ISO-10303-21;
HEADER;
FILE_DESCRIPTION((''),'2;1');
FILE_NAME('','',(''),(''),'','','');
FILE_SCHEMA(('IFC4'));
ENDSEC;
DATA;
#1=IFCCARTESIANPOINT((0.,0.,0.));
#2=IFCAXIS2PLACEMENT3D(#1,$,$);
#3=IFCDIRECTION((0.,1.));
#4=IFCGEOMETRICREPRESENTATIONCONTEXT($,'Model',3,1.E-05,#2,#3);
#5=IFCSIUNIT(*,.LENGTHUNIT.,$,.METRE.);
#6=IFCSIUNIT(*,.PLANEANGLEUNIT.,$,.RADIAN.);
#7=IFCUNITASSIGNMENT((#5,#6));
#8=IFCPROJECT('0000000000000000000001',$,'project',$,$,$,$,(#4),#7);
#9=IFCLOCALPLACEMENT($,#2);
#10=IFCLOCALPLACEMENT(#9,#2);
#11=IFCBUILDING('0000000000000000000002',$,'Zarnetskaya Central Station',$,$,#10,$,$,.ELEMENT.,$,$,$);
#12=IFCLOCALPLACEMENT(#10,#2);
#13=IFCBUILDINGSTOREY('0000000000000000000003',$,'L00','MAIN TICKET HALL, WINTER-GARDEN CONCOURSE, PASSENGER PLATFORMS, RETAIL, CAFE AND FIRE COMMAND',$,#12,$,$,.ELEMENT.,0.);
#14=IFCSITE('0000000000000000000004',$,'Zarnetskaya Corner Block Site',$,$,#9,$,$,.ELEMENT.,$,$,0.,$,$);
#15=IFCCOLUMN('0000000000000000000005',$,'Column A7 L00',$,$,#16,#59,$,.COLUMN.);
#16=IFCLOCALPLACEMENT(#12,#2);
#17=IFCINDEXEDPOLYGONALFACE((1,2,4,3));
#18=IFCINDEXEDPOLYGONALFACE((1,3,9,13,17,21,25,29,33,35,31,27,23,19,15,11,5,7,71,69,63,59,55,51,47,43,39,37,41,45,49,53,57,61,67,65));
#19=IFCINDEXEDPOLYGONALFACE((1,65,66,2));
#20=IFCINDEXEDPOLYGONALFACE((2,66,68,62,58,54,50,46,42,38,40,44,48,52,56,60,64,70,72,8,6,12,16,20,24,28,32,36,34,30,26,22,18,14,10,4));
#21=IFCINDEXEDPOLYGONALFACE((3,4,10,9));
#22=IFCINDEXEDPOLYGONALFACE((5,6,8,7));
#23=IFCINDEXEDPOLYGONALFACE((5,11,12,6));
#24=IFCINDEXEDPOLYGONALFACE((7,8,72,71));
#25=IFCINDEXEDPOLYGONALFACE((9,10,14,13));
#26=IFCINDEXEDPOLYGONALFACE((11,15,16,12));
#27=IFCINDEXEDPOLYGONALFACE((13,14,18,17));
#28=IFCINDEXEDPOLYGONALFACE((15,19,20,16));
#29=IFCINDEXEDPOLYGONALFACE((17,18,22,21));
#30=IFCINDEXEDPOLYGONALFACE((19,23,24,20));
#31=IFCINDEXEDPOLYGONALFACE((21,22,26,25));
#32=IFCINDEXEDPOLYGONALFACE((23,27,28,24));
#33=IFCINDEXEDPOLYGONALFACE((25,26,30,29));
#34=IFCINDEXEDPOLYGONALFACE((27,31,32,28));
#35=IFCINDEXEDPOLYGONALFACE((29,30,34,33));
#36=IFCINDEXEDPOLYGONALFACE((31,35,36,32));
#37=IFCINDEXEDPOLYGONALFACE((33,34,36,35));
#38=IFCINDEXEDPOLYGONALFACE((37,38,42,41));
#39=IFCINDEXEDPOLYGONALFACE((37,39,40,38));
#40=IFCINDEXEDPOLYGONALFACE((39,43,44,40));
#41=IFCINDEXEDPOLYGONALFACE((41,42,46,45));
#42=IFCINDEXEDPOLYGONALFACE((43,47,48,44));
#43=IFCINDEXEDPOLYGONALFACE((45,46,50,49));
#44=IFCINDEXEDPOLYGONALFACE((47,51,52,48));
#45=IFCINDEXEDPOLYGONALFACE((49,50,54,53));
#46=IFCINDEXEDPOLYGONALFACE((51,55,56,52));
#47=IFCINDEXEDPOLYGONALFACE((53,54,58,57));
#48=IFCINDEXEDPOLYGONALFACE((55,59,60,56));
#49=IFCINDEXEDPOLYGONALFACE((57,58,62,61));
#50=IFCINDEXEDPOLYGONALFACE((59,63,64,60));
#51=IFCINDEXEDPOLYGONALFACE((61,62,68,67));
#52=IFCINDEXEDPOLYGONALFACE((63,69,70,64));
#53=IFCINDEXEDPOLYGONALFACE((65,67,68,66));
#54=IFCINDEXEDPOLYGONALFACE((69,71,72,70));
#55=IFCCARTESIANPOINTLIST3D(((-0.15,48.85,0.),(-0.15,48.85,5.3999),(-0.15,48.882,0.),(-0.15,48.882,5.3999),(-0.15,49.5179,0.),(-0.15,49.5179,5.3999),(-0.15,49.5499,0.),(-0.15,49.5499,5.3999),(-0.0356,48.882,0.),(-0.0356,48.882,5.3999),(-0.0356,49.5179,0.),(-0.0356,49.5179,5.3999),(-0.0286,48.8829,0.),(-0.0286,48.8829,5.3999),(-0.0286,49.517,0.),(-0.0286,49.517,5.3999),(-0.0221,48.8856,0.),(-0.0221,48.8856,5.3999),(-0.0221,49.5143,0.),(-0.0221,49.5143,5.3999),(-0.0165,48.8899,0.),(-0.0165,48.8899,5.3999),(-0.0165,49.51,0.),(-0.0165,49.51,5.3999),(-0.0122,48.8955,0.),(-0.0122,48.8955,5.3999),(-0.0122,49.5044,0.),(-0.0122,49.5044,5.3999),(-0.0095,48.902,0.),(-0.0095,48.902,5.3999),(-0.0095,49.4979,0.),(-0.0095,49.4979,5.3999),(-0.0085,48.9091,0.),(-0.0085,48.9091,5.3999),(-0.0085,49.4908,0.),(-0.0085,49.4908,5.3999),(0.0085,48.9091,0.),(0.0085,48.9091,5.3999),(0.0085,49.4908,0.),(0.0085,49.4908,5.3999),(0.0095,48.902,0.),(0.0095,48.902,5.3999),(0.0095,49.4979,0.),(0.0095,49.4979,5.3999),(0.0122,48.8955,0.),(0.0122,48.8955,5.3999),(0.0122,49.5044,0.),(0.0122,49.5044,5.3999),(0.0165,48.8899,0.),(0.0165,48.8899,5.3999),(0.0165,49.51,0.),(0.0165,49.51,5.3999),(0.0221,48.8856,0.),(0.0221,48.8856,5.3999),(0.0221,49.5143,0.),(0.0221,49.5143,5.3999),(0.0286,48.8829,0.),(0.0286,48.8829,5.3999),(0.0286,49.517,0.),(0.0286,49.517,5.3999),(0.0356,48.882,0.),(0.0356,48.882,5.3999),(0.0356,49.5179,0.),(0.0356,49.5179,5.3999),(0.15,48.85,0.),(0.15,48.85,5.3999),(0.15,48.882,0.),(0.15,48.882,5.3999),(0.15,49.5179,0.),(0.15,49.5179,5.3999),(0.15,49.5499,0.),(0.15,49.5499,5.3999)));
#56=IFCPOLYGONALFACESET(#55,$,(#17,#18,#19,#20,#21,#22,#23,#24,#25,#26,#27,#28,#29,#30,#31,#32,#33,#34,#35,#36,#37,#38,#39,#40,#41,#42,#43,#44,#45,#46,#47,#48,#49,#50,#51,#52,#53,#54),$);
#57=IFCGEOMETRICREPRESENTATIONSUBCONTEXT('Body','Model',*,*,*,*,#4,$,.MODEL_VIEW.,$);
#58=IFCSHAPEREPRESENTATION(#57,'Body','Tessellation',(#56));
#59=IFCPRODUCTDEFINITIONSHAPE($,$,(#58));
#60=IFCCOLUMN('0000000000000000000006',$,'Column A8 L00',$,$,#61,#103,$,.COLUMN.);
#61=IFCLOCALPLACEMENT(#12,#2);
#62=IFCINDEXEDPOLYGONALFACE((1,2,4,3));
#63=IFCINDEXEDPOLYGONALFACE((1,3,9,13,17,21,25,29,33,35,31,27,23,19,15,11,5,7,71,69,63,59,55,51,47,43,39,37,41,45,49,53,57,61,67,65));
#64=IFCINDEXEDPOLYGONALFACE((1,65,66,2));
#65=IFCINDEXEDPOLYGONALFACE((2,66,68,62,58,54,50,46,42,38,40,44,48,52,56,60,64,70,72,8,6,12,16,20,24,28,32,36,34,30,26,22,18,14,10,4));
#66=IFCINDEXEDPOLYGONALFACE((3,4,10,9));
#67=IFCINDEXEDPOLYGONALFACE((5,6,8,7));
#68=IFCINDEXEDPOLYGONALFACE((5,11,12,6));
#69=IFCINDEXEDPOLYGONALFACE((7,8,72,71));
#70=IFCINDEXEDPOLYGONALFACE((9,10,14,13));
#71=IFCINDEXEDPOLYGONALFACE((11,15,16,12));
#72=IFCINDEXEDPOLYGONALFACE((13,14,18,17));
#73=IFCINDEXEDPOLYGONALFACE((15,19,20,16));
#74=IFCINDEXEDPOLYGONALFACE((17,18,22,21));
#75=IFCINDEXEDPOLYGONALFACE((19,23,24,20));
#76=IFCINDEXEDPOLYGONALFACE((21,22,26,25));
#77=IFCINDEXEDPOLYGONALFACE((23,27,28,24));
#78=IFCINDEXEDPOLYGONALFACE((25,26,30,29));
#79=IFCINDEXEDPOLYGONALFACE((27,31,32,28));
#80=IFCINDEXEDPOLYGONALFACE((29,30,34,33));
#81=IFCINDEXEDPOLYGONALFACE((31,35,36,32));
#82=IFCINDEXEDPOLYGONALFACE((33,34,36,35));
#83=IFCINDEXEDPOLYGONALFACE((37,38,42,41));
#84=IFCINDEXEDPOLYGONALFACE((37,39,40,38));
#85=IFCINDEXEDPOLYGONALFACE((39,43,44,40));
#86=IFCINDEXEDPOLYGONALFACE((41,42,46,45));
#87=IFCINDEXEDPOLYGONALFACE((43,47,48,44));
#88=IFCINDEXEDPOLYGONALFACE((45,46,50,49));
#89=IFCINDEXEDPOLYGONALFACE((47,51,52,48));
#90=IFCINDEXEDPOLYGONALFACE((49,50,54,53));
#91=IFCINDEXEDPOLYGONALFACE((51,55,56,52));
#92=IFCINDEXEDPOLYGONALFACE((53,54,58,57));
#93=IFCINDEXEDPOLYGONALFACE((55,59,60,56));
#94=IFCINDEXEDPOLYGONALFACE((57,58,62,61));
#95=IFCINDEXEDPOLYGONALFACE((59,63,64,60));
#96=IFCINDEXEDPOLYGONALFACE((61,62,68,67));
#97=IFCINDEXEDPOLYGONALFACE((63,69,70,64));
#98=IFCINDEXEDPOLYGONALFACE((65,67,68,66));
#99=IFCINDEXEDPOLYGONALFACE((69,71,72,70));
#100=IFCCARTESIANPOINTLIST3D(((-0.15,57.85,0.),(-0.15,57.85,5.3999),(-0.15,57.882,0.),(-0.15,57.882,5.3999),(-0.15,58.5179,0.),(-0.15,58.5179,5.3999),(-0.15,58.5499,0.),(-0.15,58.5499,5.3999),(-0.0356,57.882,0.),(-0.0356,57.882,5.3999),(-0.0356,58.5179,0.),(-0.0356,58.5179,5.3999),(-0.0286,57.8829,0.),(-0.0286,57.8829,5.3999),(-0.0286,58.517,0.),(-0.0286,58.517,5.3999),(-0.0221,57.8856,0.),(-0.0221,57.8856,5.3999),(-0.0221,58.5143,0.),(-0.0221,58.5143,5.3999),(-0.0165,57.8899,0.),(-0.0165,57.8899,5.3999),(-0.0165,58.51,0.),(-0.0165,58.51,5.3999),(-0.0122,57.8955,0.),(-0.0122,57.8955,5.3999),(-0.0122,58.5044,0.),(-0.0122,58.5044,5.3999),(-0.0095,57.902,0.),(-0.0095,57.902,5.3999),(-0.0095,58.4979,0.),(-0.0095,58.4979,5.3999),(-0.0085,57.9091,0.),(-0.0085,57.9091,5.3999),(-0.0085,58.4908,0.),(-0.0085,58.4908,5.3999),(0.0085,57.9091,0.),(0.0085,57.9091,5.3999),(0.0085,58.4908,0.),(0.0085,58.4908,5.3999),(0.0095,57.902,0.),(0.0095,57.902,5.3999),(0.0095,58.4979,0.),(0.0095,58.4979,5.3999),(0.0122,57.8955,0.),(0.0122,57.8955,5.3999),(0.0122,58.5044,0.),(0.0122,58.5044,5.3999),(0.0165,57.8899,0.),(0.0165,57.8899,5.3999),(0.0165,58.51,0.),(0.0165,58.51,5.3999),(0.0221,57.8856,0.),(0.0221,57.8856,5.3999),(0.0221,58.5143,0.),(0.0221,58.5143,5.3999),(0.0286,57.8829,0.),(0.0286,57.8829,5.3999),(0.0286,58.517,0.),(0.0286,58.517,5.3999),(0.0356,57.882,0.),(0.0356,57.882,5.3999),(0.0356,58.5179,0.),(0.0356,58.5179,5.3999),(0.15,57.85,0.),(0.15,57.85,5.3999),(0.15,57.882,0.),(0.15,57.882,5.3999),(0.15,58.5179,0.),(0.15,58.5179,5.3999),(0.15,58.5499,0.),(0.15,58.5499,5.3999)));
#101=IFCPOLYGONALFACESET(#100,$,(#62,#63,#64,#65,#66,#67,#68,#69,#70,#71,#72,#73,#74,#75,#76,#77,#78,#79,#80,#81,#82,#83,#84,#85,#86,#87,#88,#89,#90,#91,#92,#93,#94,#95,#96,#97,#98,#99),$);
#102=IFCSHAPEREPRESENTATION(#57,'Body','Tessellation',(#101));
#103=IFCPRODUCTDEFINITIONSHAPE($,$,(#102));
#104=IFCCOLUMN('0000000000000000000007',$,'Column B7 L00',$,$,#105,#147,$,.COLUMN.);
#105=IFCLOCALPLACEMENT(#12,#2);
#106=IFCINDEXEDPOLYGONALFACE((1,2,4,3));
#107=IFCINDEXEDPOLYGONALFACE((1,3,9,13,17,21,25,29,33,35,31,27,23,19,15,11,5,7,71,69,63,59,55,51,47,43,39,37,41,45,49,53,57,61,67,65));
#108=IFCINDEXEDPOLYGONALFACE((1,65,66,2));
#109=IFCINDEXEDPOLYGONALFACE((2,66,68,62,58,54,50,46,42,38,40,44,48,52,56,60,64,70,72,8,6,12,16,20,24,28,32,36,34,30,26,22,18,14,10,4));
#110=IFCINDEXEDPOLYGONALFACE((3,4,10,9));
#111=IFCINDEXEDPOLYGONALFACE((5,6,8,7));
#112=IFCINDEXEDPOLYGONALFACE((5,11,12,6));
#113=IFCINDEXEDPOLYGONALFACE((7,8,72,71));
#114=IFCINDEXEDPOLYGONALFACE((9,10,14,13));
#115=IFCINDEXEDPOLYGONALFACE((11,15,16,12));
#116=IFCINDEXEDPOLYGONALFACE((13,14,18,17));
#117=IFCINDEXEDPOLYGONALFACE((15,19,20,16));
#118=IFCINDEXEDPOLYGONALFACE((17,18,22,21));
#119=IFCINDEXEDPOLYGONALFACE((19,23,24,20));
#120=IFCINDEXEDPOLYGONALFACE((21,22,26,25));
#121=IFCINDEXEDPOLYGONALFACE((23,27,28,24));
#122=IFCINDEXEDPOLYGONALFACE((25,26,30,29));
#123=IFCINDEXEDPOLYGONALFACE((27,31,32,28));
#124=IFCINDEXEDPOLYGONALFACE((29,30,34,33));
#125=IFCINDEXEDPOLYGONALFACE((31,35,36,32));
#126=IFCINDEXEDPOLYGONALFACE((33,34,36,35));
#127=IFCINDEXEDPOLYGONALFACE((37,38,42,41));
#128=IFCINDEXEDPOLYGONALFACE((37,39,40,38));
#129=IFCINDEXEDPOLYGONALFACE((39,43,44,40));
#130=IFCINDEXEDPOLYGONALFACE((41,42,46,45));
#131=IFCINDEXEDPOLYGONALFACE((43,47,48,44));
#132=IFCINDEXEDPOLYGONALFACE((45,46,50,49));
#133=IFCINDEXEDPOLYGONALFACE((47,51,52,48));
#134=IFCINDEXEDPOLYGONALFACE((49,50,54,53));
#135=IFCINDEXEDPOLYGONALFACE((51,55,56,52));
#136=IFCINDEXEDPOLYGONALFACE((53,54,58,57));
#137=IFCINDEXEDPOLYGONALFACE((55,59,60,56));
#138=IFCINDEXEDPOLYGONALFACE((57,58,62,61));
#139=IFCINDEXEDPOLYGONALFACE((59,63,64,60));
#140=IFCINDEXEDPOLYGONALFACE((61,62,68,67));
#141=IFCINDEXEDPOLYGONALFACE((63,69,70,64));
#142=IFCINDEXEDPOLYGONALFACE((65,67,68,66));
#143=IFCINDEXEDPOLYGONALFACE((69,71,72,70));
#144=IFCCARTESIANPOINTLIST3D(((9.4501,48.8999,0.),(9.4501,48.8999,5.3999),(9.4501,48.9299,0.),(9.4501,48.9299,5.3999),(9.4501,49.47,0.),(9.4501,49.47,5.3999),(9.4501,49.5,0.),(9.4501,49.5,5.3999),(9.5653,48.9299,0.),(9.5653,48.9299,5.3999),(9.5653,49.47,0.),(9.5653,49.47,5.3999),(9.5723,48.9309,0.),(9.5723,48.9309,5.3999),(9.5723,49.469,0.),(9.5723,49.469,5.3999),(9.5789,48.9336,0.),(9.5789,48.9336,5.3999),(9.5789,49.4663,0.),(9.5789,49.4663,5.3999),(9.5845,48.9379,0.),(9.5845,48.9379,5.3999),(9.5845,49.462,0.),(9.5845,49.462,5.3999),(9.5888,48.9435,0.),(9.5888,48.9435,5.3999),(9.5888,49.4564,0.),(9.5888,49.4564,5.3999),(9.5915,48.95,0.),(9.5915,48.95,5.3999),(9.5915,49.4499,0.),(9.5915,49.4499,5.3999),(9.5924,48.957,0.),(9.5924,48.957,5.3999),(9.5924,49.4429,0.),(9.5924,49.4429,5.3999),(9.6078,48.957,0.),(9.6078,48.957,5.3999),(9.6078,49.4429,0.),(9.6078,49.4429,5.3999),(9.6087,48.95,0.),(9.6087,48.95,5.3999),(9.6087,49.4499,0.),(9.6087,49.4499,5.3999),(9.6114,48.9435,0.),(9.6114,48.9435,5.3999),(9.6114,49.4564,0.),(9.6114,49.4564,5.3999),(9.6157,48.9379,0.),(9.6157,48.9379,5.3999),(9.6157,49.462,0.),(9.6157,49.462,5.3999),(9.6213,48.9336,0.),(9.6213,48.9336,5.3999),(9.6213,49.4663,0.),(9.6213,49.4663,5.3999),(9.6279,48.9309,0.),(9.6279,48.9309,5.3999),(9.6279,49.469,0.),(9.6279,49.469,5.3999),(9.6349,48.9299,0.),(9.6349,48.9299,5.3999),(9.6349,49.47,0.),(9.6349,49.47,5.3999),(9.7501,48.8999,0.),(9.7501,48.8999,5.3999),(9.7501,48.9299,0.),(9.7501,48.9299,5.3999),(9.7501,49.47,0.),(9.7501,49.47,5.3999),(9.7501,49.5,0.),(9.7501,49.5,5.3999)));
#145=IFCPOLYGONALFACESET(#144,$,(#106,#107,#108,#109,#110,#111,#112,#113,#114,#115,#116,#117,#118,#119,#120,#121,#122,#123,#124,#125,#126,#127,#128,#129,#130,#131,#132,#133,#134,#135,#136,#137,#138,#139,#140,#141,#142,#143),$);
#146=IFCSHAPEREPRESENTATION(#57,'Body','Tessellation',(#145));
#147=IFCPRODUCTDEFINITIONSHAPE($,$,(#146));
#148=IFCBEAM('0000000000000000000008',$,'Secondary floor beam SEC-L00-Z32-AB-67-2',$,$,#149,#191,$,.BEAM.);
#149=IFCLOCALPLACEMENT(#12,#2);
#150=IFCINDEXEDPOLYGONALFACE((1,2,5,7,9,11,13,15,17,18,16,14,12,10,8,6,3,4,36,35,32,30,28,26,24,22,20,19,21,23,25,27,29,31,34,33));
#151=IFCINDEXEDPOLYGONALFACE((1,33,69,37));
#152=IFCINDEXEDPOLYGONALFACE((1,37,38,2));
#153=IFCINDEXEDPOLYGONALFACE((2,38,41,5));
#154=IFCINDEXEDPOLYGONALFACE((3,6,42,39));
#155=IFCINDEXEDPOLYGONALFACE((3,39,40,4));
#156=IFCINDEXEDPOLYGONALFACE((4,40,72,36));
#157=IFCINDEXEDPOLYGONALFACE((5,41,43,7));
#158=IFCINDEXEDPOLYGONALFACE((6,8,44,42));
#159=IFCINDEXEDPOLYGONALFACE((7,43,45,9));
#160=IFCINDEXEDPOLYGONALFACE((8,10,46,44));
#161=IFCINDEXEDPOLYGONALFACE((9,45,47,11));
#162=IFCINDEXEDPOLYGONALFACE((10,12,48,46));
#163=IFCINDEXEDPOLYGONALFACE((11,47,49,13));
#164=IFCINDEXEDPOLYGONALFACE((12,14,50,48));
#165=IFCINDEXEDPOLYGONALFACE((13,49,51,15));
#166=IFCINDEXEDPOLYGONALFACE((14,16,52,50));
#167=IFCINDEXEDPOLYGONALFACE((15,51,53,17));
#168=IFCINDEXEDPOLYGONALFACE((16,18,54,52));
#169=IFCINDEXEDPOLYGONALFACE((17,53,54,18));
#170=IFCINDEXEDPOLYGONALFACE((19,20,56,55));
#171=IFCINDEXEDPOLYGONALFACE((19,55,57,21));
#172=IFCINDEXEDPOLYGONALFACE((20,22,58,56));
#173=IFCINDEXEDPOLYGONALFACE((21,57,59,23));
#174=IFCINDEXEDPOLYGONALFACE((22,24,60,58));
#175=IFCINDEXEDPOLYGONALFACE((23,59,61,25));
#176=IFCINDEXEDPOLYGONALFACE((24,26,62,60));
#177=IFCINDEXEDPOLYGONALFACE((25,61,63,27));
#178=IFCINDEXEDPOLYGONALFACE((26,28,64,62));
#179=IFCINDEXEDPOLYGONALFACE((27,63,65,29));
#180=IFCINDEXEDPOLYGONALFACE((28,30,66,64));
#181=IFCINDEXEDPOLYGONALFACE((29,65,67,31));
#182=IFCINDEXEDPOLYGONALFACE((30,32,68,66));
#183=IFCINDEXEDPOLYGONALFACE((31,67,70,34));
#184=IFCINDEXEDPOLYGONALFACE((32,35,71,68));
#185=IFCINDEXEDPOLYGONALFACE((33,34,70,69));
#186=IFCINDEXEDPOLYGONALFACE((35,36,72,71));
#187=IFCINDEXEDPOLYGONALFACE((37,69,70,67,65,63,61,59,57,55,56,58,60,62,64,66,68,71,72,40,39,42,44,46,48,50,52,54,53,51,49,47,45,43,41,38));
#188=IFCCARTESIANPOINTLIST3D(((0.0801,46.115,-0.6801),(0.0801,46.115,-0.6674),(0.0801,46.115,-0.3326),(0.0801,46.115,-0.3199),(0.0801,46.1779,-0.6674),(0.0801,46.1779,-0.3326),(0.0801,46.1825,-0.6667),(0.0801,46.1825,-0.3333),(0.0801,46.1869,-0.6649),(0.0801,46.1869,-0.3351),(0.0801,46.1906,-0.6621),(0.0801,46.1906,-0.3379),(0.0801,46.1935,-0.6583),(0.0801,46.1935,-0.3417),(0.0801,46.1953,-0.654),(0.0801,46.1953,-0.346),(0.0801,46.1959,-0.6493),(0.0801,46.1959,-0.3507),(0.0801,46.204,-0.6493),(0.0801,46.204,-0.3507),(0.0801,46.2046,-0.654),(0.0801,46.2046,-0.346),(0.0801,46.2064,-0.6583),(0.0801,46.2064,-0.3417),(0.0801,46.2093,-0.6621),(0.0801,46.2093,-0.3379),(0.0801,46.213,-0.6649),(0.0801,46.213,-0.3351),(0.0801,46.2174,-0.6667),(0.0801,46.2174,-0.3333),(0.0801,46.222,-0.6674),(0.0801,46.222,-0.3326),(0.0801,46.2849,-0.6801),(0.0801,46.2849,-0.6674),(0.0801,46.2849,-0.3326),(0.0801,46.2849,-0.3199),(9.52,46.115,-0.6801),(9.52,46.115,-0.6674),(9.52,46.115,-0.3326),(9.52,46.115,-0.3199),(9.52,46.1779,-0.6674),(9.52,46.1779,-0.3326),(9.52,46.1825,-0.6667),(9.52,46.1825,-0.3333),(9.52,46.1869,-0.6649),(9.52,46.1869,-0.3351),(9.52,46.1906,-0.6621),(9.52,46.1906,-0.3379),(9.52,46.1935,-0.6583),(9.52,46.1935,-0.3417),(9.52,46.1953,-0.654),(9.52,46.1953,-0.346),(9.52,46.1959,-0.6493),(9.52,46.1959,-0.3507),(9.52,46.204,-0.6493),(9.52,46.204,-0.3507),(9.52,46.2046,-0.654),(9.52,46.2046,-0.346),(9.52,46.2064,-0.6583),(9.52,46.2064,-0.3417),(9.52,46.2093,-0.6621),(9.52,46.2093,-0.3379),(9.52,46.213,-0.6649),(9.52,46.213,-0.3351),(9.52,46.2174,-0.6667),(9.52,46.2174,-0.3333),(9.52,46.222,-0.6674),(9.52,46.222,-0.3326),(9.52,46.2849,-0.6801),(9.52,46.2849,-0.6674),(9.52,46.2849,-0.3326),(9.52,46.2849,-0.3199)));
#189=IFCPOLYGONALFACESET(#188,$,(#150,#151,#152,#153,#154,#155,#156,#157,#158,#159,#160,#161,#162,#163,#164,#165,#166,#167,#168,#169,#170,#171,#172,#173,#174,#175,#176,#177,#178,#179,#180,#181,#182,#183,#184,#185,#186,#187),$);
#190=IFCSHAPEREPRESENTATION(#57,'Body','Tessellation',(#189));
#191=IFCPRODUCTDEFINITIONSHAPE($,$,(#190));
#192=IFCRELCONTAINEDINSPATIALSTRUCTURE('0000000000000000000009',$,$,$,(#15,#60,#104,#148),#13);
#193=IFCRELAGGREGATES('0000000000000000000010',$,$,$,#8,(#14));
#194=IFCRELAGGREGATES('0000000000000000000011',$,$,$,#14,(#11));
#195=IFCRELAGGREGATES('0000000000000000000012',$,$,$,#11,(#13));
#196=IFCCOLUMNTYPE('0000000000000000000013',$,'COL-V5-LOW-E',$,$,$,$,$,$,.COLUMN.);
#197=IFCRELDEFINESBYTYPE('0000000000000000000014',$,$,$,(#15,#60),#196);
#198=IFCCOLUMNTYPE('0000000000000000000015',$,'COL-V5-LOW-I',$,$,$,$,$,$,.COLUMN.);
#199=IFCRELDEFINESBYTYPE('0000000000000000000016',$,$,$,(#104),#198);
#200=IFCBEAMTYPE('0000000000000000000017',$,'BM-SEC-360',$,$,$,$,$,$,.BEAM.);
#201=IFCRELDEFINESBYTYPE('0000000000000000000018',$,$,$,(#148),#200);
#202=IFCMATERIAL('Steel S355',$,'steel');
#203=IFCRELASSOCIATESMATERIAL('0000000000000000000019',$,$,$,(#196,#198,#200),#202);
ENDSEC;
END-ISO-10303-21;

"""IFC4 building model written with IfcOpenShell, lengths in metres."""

from ifc_helpers import new_model, si_unit, direction, frame, origin, origin_2d, place, context, subcontext, project, spatial, i_section, extrude, material, material_profile, profile_set, type_object, element, save


model = new_model("IFC4")

# Units and contexts
model_context = context("Model", 3, precision=1e-05, world=origin(), true_north=direction((0.0, 1.0)))
body_context = subcontext(model_context, "Body", "Model", "MODEL_VIEW")
ifc_project = project(units=[si_unit("LENGTHUNIT", "METRE"), si_unit("PLANEANGLEUNIT", "RADIAN")], contexts=[model_context])

# Site, building, storey
site_placement = place(None, origin())
site = spatial("IfcSite", under=ifc_project, at=site_placement, Name="Zarnetskaya Corner Block Site", CompositionType="ELEMENT", RefElevation=0.0)
building_placement = place(site_placement, origin())
building = spatial("IfcBuilding", under=site, at=building_placement, Name="Zarnetskaya Central Station", CompositionType="ELEMENT")
storey_placement = place(building_placement, origin())
storey = spatial("IfcBuildingStorey", under=building, at=storey_placement, Name="L00", Description="MAIN TICKET HALL, WINTER-GARDEN CONCOURSE, PASSENGER PLATFORMS, RETAIL, CAFE AND FIRE COMMAND", CompositionType="ELEMENT", Elevation=0.0)

# Columns
ifc_material_1 = material(Name="Steel S355", Category="steel")
ifc_material_profile_1 = material_profile(ifc_material_1, i_section(OverallWidth=0.3, OverallDepth=0.7, WebThickness=0.0171, FlangeThickness=0.032, FilletRadius=0.0271, at=origin_2d()), Name="HEB 700")
ifc_profile_set_1 = profile_set([ifc_material_profile_1], Name="Steel S355")
column_type_1 = type_object("IfcColumnType", Name="COL-V5-LOW-E", PredefinedType="COLUMN", material=ifc_profile_set_1)
for number, where, z_axis, x_axis, name in (
    (1, (0.0, 49.2, 0.0), (0.0, 0.0, 1.0), (1.0, 0.0, 0.0), "Column A7 L00"),
    (2, (0.0, 58.2, 0.0), (0.0, 0.0, 1.0), (1.0, 0.0, 0.0), "Column A8 L00"),
):
    element("IfcColumn", number, at=place(storey_placement, frame(where, z_axis=z_axis, x_axis=x_axis)), inside=storey, type_object=column_type_1, Name=name, PredefinedType="COLUMN", context=body_context, shape_type="SweptSolid", body=[
        extrude(i_section(OverallWidth=0.3, OverallDepth=0.7, WebThickness=0.0171, FlangeThickness=0.032, FilletRadius=0.0271, at=origin_2d()), origin(), (0.0, 0.0, 1.0), 5.3999),
    ])
ifc_material_profile_2 = material_profile(ifc_material_1, i_section(OverallWidth=0.3, OverallDepth=0.6001, WebThickness=0.0154, FlangeThickness=0.03, FilletRadius=0.0271, at=origin_2d()), Name="HEB 600")
ifc_profile_set_2 = profile_set([ifc_material_profile_2], Name="Steel S355")
column_type_2 = type_object("IfcColumnType", Name="COL-V5-LOW-I", PredefinedType="COLUMN", material=ifc_profile_set_2)
column_placement = place(storey_placement, frame((9.6001, 49.2, 0.0), z_axis=(0.0, 0.0, 1.0), x_axis=(1.0, 0.0, 0.0)))
element("IfcColumn", 3, at=column_placement, inside=storey, type_object=column_type_2, Name="Column B7 L00", PredefinedType="COLUMN", context=body_context, shape_type="SweptSolid", body=[
    extrude(i_section(OverallWidth=0.3, OverallDepth=0.6001, WebThickness=0.0154, FlangeThickness=0.03, FilletRadius=0.0271, at=origin_2d()), origin(), (0.0, 0.0, 1.0), 5.3999),
])

# Beam
ifc_material_profile_3 = material_profile(ifc_material_1, i_section(OverallWidth=0.1699, OverallDepth=0.3601, WebThickness=0.0081, FlangeThickness=0.0127, FilletRadius=0.0181, at=origin_2d()), Name="IPE 360")
ifc_profile_set_3 = profile_set([ifc_material_profile_3], Name="Steel S355")
beam_type_1 = type_object("IfcBeamType", Name="BM-SEC-360", PredefinedType="BEAM", material=ifc_profile_set_3)
for number, where, z_axis, x_axis, name in (
    (4, (0.0801, 46.2, -0.5), (1.0, 0.0, 0.0), (0.0, 1.0, 0.0), "Secondary floor beam SEC-L00-Z32-AB-67-2"),
):
    element("IfcBeam", number, at=place(storey_placement, frame(where, z_axis=z_axis, x_axis=x_axis)), inside=storey, type_object=beam_type_1, Name=name, PredefinedType="BEAM", context=body_context, shape_type="SweptSolid", body=[
        extrude(i_section(OverallWidth=0.1699, OverallDepth=0.3601, WebThickness=0.0081, FlangeThickness=0.0127, FilletRadius=0.0181, at=origin_2d()), origin(), (0.0, 0.0, 1.0), 9.4399),
    ])

save(model, "model.ifc")
